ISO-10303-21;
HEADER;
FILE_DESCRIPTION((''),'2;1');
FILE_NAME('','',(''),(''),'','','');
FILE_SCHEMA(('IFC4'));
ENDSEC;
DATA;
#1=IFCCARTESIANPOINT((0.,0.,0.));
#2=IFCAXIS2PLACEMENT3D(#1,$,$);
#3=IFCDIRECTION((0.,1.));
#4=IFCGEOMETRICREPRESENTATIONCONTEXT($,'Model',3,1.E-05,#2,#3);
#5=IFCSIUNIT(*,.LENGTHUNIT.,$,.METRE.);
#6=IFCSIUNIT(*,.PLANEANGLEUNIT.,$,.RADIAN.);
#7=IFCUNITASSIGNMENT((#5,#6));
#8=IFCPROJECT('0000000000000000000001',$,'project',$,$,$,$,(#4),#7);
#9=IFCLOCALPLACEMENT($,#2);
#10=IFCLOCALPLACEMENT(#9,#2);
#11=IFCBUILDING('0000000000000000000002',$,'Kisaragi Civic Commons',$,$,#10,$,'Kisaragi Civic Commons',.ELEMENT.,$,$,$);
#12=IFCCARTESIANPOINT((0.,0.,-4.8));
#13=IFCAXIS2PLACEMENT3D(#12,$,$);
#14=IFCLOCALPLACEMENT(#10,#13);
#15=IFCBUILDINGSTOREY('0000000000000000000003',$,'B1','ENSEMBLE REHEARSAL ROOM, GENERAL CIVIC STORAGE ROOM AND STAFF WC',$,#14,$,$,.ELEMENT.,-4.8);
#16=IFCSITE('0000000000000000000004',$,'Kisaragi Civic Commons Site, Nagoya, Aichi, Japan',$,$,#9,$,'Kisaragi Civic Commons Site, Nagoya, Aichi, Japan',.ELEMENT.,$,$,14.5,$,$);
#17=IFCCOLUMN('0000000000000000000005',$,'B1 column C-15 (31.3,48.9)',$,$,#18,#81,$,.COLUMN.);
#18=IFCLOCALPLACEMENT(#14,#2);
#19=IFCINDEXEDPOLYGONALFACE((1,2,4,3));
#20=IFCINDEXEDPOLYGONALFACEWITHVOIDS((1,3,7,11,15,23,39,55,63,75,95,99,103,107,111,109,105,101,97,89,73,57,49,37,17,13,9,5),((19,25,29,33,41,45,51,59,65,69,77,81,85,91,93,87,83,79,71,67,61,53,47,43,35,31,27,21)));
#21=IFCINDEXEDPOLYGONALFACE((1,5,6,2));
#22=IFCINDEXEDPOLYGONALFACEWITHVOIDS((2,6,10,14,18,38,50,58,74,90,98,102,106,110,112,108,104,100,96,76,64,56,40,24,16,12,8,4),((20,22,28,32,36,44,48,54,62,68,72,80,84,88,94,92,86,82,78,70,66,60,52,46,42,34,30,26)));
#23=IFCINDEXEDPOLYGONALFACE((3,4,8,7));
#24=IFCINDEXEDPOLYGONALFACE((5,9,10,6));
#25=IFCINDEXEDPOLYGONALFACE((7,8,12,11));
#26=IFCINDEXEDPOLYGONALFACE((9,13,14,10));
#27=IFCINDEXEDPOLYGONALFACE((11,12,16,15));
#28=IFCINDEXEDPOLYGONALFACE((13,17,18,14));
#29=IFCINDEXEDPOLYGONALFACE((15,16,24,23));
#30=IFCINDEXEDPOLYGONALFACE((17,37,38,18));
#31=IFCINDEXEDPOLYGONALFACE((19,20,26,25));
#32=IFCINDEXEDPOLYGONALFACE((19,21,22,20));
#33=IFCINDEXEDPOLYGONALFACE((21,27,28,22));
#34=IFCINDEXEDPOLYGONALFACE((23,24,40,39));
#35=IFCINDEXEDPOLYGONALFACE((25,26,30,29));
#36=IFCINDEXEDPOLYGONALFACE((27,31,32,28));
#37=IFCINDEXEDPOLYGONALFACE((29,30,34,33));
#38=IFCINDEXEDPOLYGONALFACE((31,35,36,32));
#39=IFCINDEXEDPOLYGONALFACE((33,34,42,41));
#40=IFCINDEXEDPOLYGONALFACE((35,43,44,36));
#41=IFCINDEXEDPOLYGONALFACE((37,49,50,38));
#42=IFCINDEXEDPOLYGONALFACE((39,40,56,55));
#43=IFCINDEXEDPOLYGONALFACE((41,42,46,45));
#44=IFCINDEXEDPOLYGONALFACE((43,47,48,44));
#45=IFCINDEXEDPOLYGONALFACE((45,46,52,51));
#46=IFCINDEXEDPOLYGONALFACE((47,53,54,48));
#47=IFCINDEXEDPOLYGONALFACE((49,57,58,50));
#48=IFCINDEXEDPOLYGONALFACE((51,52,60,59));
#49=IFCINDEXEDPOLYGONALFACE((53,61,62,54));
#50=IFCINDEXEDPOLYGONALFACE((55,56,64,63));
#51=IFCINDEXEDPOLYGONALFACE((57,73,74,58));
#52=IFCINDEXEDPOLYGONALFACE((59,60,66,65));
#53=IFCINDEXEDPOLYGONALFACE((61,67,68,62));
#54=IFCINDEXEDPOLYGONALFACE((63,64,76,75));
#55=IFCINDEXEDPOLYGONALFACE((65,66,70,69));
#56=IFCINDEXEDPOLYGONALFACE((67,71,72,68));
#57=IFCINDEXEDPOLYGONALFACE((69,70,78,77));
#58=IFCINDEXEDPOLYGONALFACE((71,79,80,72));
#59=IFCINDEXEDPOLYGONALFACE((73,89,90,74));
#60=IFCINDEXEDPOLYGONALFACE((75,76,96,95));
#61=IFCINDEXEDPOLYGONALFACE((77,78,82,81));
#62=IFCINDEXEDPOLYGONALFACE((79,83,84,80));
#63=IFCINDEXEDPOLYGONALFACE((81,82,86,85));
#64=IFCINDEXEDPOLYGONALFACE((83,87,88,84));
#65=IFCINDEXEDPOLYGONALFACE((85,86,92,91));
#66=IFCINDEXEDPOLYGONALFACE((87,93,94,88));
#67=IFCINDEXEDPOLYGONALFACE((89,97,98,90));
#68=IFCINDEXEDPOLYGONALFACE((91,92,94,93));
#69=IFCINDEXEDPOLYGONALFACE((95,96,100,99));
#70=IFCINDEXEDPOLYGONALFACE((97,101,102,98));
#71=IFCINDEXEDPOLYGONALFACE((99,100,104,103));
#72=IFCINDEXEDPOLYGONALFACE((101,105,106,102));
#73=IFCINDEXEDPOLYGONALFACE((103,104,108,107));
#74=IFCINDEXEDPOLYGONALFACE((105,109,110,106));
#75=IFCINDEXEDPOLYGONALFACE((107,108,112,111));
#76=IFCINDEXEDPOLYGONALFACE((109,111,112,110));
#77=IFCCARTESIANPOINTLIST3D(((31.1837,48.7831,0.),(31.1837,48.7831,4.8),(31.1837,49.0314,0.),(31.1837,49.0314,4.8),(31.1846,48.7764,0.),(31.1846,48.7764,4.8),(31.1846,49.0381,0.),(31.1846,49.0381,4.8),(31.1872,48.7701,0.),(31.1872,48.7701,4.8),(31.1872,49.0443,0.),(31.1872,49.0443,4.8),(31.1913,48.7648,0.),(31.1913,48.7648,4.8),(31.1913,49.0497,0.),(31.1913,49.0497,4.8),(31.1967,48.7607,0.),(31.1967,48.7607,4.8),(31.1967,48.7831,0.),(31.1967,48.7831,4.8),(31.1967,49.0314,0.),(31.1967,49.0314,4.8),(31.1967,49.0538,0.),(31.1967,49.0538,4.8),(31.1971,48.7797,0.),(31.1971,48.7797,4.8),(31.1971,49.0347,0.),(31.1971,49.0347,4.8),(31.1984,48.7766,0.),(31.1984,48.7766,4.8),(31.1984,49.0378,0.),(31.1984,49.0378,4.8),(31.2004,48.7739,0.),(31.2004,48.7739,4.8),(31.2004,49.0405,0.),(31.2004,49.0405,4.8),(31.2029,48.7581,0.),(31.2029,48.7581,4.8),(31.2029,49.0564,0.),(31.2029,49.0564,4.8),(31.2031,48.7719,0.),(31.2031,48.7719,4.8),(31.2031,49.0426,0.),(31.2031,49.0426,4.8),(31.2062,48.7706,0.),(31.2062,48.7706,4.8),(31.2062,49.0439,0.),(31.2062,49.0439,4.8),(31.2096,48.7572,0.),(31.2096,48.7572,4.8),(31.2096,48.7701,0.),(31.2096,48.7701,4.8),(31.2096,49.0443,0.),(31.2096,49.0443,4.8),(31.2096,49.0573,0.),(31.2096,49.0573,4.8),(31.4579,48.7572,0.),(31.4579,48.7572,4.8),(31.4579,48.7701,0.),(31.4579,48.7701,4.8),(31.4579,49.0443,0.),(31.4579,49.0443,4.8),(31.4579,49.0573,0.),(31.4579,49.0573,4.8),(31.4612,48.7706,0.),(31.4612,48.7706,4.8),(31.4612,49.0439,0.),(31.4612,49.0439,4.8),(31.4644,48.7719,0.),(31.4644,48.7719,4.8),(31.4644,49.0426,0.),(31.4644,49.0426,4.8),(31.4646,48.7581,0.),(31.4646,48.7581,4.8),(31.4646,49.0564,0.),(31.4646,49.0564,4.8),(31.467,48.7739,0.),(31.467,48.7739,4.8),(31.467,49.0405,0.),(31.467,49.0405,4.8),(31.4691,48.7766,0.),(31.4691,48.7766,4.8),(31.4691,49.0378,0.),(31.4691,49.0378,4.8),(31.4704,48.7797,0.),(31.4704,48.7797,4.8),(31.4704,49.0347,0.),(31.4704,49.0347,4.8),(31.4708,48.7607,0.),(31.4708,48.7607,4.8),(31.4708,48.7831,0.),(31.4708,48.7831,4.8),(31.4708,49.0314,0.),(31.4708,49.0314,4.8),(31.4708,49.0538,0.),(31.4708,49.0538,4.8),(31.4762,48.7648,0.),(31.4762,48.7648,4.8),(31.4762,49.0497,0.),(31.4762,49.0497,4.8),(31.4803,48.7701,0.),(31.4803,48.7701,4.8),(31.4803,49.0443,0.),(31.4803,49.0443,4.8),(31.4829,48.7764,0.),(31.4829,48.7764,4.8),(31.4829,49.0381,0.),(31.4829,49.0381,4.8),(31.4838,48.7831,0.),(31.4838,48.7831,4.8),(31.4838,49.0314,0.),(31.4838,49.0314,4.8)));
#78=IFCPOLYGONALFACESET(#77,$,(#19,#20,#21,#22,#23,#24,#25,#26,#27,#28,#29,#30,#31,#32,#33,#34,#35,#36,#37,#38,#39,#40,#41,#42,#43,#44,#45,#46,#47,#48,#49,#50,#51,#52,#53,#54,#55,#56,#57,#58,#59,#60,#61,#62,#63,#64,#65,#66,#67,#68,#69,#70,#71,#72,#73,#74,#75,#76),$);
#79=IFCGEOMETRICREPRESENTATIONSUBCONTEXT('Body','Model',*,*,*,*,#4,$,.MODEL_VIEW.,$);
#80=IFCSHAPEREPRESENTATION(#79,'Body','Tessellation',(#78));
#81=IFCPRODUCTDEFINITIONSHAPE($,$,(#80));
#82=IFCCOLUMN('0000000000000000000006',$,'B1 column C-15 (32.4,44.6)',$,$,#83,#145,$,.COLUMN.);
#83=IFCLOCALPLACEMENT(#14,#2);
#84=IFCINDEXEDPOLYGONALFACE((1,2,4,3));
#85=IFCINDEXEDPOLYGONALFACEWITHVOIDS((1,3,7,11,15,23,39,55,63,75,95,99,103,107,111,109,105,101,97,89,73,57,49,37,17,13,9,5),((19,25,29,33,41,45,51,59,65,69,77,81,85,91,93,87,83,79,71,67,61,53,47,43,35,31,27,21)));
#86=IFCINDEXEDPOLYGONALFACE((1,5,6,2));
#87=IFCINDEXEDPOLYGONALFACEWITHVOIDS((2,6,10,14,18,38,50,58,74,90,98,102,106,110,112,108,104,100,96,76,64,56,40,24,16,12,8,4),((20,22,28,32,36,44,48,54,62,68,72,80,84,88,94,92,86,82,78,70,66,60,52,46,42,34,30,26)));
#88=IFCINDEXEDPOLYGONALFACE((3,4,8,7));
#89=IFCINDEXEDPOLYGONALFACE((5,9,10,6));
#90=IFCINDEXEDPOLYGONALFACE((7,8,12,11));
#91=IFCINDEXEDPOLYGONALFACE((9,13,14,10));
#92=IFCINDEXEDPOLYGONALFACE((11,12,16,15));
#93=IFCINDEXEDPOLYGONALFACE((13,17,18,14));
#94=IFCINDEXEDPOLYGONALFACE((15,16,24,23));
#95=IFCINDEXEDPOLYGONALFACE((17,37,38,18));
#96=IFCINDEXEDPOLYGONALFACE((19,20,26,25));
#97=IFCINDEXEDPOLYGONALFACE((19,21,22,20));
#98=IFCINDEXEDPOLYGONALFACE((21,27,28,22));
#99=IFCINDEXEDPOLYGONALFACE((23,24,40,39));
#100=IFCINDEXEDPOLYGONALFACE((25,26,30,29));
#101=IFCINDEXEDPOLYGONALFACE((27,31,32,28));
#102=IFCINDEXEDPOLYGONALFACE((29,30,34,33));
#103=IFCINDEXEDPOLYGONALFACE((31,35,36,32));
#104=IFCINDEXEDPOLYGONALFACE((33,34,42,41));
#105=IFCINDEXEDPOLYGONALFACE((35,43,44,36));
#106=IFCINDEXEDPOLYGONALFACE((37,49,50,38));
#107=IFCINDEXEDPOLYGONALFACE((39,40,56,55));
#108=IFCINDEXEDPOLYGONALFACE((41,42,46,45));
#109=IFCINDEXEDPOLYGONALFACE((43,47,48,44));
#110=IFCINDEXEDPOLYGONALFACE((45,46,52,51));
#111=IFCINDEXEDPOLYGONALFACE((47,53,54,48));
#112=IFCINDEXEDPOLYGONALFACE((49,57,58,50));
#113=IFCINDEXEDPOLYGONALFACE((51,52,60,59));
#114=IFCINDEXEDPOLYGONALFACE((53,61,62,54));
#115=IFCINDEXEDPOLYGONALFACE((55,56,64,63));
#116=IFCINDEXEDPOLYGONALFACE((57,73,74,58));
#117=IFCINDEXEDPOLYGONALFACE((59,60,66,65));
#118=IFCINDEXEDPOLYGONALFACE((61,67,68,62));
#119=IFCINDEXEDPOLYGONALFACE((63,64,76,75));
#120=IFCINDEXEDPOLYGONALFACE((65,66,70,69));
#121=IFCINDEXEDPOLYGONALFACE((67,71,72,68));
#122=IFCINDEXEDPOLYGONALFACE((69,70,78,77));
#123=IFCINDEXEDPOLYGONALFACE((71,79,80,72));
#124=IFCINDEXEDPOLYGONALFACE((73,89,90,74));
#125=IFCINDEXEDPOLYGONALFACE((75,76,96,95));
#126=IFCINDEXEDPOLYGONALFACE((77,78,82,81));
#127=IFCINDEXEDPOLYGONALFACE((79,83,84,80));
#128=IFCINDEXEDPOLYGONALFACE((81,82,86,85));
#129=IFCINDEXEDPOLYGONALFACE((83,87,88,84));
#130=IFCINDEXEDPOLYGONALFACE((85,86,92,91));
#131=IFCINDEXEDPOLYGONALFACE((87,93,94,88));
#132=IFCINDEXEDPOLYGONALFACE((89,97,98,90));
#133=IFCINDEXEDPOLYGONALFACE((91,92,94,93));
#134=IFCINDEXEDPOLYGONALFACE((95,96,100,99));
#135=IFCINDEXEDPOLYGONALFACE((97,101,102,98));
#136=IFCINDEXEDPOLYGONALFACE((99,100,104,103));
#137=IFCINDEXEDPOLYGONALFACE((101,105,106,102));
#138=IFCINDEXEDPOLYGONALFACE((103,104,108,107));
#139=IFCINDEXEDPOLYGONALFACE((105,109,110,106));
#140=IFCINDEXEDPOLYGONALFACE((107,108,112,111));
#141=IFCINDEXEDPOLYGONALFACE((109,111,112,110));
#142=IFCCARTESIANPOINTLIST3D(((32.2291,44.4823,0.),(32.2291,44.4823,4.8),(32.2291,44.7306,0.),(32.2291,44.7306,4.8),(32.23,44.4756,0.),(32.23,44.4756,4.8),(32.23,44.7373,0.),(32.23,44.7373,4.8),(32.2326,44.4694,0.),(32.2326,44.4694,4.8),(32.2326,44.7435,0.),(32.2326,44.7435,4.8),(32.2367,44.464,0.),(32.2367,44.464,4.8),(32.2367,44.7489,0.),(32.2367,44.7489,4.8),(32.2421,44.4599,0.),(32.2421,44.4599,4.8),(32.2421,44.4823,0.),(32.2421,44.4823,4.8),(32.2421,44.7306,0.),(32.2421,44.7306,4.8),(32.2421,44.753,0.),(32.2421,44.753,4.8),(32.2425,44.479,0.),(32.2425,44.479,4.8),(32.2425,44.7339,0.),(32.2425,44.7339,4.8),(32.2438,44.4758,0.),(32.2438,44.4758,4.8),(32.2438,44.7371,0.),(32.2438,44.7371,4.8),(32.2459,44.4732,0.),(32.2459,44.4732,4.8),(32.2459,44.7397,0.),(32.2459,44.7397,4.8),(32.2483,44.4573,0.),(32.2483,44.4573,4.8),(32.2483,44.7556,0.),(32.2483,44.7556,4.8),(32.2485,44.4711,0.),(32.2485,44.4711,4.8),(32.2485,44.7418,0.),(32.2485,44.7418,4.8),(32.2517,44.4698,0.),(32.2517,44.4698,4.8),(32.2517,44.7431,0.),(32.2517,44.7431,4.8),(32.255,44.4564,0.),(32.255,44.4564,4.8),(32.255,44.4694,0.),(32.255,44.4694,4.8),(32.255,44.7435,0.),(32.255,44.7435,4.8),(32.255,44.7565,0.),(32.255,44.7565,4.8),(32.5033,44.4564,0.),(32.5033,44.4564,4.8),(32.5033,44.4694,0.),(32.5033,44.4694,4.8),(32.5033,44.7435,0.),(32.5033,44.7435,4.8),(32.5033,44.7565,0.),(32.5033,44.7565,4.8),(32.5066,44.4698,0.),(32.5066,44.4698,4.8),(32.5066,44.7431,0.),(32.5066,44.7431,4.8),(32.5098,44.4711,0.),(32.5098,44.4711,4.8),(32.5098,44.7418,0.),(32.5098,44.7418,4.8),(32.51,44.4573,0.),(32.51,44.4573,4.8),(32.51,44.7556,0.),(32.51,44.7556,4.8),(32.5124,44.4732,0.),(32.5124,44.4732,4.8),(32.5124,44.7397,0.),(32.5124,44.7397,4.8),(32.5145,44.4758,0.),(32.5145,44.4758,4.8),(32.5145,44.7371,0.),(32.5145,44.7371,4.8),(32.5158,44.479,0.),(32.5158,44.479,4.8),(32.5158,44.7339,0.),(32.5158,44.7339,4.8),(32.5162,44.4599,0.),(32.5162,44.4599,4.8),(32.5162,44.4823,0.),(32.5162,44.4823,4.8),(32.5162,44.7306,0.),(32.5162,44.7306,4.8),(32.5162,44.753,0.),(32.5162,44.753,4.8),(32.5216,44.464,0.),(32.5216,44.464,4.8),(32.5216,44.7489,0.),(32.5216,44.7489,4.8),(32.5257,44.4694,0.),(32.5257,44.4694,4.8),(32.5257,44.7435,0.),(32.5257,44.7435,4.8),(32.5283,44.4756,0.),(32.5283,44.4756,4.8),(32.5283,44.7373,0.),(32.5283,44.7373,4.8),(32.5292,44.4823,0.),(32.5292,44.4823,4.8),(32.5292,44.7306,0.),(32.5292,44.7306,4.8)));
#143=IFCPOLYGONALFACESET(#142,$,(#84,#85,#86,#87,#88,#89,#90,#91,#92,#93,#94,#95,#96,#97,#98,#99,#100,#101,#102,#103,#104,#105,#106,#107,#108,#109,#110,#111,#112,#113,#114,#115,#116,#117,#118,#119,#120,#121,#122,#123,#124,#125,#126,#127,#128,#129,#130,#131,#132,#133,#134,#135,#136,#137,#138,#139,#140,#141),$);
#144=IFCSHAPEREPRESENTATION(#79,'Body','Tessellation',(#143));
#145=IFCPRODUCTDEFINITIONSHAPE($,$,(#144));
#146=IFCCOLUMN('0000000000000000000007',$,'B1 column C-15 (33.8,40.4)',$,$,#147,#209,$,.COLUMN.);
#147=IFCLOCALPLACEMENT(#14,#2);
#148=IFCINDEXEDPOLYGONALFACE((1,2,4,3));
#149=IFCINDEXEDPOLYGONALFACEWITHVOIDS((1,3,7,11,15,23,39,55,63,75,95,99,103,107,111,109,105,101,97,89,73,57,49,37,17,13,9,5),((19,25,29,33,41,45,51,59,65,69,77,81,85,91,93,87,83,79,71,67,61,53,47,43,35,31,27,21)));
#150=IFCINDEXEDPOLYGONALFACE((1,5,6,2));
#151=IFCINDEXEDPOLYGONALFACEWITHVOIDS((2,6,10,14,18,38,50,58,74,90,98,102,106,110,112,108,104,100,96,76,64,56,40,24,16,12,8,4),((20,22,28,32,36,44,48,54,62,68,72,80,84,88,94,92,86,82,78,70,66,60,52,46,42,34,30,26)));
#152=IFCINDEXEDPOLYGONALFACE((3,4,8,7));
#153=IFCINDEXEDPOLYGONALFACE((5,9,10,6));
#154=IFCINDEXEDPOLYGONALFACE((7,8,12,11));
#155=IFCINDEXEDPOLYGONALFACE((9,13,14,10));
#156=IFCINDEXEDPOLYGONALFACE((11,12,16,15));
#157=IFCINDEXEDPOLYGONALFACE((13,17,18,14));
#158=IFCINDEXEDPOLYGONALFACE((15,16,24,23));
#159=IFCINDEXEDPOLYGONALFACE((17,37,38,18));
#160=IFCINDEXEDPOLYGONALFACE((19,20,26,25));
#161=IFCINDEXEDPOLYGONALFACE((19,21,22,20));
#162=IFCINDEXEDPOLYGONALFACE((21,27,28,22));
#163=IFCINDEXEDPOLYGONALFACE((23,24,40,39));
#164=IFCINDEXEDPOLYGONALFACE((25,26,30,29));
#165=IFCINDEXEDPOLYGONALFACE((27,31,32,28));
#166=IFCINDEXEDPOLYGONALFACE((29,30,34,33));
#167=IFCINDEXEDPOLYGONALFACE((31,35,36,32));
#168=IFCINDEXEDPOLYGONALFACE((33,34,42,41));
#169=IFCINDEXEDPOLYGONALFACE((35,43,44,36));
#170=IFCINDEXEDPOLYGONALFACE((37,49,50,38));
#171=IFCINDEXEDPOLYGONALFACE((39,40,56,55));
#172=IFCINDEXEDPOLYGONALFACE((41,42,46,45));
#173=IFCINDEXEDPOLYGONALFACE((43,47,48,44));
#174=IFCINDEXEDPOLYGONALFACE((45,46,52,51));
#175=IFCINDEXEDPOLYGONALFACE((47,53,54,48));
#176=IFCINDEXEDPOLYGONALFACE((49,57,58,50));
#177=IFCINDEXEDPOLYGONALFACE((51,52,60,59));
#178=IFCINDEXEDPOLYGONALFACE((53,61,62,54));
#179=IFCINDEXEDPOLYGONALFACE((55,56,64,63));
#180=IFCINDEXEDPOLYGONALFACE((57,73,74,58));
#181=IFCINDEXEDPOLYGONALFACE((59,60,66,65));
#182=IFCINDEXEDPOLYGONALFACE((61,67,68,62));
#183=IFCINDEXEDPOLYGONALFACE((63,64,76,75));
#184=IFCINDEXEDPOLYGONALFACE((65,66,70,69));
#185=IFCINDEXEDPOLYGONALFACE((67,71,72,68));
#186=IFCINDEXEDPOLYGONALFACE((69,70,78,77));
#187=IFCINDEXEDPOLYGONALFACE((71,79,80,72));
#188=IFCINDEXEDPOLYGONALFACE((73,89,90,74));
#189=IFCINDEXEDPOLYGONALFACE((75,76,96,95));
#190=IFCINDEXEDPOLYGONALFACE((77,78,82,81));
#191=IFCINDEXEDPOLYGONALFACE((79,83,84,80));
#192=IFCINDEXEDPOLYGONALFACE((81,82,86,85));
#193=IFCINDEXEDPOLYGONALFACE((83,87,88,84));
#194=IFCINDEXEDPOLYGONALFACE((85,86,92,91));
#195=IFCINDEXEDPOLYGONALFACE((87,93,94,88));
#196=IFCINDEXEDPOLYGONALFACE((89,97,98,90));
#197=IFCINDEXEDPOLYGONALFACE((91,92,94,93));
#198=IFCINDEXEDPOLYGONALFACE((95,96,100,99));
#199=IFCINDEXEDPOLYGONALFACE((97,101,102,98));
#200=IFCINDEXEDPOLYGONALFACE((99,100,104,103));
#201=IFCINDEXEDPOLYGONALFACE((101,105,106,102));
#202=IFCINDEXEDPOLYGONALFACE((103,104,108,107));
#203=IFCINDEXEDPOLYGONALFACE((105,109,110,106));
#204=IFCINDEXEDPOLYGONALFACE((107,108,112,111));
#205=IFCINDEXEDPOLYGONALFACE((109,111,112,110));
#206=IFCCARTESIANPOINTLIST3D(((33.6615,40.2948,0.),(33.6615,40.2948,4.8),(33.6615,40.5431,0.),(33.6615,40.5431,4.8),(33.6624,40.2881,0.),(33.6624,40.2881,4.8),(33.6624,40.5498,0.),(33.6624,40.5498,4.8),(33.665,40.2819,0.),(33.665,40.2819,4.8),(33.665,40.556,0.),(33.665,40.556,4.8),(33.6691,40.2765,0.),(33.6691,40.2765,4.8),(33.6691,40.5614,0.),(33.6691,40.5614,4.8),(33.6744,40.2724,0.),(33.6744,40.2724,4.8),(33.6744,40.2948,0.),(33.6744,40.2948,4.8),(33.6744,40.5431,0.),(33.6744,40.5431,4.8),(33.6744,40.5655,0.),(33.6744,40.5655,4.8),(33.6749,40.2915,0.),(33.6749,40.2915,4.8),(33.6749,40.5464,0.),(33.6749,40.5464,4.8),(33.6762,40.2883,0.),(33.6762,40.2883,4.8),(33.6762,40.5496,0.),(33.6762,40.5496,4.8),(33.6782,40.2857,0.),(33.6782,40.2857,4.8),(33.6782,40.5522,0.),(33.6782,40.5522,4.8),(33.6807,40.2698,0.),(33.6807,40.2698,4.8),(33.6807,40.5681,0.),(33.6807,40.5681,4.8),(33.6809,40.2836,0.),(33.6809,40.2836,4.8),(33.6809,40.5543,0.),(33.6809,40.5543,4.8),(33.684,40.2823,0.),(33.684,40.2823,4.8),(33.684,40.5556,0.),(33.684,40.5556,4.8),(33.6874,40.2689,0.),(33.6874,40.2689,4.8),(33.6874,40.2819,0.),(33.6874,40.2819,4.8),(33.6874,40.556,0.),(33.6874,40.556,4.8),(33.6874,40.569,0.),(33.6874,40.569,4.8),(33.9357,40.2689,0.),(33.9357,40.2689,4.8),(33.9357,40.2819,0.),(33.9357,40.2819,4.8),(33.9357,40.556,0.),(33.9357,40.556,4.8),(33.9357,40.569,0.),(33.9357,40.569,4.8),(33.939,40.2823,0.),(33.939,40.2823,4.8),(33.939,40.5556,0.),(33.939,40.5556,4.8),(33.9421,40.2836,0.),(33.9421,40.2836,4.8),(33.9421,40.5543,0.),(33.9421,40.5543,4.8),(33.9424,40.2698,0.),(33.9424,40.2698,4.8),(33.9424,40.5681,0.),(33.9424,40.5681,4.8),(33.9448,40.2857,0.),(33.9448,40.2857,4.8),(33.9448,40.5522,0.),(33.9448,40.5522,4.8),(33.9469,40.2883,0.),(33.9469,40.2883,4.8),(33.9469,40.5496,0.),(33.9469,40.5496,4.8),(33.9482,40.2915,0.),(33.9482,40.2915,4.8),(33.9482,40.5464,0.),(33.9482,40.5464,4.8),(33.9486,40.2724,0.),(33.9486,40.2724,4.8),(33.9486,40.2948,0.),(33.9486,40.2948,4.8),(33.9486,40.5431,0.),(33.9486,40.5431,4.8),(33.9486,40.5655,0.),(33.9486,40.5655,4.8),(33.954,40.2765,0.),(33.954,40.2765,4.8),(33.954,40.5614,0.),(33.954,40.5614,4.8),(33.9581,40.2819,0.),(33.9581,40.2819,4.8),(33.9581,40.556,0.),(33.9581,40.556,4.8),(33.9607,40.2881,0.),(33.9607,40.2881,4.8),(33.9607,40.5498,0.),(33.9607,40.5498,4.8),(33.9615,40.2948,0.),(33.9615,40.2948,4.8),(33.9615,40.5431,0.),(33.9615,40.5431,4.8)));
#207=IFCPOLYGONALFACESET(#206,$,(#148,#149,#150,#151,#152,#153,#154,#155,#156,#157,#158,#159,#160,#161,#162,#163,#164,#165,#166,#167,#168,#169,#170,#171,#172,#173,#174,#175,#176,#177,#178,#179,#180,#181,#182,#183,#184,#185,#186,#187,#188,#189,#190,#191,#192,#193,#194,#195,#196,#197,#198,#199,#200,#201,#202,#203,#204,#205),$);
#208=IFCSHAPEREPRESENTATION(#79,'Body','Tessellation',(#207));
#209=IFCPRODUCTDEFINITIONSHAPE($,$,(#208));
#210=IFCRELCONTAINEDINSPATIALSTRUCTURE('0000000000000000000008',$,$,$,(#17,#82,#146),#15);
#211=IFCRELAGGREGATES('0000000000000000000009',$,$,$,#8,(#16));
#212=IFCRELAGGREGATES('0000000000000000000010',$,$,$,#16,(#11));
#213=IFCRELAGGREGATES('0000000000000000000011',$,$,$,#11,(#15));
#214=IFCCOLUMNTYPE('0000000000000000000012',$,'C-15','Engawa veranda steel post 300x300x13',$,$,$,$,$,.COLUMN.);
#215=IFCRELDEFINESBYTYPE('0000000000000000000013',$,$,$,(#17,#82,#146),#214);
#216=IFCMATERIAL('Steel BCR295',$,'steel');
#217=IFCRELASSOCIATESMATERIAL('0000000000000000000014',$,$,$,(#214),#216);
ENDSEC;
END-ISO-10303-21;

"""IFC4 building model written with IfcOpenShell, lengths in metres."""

from ifc_helpers import new_model, si_unit, direction, frame, origin, origin_2d, place, context, subcontext, project, spatial, hollow_rectangle, extrude, material, material_profile, profile_set, type_object, element, save


model = new_model("IFC4")

# Units and contexts
model_context = context("Model", 3, precision=1e-05, world=origin(), true_north=direction((0.0, 1.0)))
body_context = subcontext(model_context, "Body", "Model", "MODEL_VIEW")
ifc_project = project(units=[si_unit("LENGTHUNIT", "METRE"), si_unit("PLANEANGLEUNIT", "RADIAN")], contexts=[model_context])

# Site, building, storey
site_placement = place(None, origin())
site = spatial("IfcSite", under=ifc_project, at=site_placement, Name="Kisaragi Civic Commons Site, Nagoya, Aichi, Japan", LongName="Kisaragi Civic Commons Site, Nagoya, Aichi, Japan", CompositionType="ELEMENT", RefElevation=14.5)
building_placement = place(site_placement, origin())
building = spatial("IfcBuilding", under=site, at=building_placement, Name="Kisaragi Civic Commons", LongName="Kisaragi Civic Commons", CompositionType="ELEMENT")
storey_placement = place(building_placement, frame((0.0, 0.0, -4.8)))
storey = spatial("IfcBuildingStorey", under=building, at=storey_placement, Name="B1", Description="ENSEMBLE REHEARSAL ROOM, GENERAL CIVIC STORAGE ROOM AND STAFF WC", CompositionType="ELEMENT", Elevation=-4.8)

# Columns
ifc_material_1 = material(Name="Steel BCR295", Category="steel")
ifc_material_profile_1 = material_profile(ifc_material_1, hollow_rectangle(XDim=0.3, YDim=0.3, WallThickness=0.0129, InnerFilletRadius=0.0129, OuterFilletRadius=0.0259, at=origin_2d()), Name="BCR-300x300x13", Category="steel")
ifc_profile_set_1 = profile_set([ifc_material_profile_1], Name="Steel BCR295")
column_type_1 = type_object("IfcColumnType", Name="C-15", Description="Engawa veranda steel post 300x300x13", PredefinedType="COLUMN", material=ifc_profile_set_1)
for number, where, z_axis, x_axis, name in (
    (1, (31.3337, 48.9072, 0.0), (0.0, 0.0, 1.0), (1.0, 0.0, 0.0), "B1 column C-15 (31.3,48.9)"),
    (2, (32.3792, 44.6064, 0.0), (0.0, 0.0, 1.0), (1.0, 0.0, 0.0), "B1 column C-15 (32.4,44.6)"),
    (3, (33.8115, 40.4189, 0.0), (0.0, 0.0, 1.0), (1.0, 0.0, 0.0), "B1 column C-15 (33.8,40.4)"),
):
    element("IfcColumn", number, at=place(storey_placement, frame(where, z_axis=z_axis, x_axis=x_axis)), inside=storey, type_object=column_type_1, Name=name, PredefinedType="COLUMN", context=body_context, shape_type="SweptSolid", body=[
        extrude(hollow_rectangle(XDim=0.3, YDim=0.3, WallThickness=0.0129, InnerFilletRadius=0.0129, OuterFilletRadius=0.0259, at=origin_2d()), origin(), (0.0, 0.0, 1.0), 4.8),
    ])

save(model, "model.ifc")
